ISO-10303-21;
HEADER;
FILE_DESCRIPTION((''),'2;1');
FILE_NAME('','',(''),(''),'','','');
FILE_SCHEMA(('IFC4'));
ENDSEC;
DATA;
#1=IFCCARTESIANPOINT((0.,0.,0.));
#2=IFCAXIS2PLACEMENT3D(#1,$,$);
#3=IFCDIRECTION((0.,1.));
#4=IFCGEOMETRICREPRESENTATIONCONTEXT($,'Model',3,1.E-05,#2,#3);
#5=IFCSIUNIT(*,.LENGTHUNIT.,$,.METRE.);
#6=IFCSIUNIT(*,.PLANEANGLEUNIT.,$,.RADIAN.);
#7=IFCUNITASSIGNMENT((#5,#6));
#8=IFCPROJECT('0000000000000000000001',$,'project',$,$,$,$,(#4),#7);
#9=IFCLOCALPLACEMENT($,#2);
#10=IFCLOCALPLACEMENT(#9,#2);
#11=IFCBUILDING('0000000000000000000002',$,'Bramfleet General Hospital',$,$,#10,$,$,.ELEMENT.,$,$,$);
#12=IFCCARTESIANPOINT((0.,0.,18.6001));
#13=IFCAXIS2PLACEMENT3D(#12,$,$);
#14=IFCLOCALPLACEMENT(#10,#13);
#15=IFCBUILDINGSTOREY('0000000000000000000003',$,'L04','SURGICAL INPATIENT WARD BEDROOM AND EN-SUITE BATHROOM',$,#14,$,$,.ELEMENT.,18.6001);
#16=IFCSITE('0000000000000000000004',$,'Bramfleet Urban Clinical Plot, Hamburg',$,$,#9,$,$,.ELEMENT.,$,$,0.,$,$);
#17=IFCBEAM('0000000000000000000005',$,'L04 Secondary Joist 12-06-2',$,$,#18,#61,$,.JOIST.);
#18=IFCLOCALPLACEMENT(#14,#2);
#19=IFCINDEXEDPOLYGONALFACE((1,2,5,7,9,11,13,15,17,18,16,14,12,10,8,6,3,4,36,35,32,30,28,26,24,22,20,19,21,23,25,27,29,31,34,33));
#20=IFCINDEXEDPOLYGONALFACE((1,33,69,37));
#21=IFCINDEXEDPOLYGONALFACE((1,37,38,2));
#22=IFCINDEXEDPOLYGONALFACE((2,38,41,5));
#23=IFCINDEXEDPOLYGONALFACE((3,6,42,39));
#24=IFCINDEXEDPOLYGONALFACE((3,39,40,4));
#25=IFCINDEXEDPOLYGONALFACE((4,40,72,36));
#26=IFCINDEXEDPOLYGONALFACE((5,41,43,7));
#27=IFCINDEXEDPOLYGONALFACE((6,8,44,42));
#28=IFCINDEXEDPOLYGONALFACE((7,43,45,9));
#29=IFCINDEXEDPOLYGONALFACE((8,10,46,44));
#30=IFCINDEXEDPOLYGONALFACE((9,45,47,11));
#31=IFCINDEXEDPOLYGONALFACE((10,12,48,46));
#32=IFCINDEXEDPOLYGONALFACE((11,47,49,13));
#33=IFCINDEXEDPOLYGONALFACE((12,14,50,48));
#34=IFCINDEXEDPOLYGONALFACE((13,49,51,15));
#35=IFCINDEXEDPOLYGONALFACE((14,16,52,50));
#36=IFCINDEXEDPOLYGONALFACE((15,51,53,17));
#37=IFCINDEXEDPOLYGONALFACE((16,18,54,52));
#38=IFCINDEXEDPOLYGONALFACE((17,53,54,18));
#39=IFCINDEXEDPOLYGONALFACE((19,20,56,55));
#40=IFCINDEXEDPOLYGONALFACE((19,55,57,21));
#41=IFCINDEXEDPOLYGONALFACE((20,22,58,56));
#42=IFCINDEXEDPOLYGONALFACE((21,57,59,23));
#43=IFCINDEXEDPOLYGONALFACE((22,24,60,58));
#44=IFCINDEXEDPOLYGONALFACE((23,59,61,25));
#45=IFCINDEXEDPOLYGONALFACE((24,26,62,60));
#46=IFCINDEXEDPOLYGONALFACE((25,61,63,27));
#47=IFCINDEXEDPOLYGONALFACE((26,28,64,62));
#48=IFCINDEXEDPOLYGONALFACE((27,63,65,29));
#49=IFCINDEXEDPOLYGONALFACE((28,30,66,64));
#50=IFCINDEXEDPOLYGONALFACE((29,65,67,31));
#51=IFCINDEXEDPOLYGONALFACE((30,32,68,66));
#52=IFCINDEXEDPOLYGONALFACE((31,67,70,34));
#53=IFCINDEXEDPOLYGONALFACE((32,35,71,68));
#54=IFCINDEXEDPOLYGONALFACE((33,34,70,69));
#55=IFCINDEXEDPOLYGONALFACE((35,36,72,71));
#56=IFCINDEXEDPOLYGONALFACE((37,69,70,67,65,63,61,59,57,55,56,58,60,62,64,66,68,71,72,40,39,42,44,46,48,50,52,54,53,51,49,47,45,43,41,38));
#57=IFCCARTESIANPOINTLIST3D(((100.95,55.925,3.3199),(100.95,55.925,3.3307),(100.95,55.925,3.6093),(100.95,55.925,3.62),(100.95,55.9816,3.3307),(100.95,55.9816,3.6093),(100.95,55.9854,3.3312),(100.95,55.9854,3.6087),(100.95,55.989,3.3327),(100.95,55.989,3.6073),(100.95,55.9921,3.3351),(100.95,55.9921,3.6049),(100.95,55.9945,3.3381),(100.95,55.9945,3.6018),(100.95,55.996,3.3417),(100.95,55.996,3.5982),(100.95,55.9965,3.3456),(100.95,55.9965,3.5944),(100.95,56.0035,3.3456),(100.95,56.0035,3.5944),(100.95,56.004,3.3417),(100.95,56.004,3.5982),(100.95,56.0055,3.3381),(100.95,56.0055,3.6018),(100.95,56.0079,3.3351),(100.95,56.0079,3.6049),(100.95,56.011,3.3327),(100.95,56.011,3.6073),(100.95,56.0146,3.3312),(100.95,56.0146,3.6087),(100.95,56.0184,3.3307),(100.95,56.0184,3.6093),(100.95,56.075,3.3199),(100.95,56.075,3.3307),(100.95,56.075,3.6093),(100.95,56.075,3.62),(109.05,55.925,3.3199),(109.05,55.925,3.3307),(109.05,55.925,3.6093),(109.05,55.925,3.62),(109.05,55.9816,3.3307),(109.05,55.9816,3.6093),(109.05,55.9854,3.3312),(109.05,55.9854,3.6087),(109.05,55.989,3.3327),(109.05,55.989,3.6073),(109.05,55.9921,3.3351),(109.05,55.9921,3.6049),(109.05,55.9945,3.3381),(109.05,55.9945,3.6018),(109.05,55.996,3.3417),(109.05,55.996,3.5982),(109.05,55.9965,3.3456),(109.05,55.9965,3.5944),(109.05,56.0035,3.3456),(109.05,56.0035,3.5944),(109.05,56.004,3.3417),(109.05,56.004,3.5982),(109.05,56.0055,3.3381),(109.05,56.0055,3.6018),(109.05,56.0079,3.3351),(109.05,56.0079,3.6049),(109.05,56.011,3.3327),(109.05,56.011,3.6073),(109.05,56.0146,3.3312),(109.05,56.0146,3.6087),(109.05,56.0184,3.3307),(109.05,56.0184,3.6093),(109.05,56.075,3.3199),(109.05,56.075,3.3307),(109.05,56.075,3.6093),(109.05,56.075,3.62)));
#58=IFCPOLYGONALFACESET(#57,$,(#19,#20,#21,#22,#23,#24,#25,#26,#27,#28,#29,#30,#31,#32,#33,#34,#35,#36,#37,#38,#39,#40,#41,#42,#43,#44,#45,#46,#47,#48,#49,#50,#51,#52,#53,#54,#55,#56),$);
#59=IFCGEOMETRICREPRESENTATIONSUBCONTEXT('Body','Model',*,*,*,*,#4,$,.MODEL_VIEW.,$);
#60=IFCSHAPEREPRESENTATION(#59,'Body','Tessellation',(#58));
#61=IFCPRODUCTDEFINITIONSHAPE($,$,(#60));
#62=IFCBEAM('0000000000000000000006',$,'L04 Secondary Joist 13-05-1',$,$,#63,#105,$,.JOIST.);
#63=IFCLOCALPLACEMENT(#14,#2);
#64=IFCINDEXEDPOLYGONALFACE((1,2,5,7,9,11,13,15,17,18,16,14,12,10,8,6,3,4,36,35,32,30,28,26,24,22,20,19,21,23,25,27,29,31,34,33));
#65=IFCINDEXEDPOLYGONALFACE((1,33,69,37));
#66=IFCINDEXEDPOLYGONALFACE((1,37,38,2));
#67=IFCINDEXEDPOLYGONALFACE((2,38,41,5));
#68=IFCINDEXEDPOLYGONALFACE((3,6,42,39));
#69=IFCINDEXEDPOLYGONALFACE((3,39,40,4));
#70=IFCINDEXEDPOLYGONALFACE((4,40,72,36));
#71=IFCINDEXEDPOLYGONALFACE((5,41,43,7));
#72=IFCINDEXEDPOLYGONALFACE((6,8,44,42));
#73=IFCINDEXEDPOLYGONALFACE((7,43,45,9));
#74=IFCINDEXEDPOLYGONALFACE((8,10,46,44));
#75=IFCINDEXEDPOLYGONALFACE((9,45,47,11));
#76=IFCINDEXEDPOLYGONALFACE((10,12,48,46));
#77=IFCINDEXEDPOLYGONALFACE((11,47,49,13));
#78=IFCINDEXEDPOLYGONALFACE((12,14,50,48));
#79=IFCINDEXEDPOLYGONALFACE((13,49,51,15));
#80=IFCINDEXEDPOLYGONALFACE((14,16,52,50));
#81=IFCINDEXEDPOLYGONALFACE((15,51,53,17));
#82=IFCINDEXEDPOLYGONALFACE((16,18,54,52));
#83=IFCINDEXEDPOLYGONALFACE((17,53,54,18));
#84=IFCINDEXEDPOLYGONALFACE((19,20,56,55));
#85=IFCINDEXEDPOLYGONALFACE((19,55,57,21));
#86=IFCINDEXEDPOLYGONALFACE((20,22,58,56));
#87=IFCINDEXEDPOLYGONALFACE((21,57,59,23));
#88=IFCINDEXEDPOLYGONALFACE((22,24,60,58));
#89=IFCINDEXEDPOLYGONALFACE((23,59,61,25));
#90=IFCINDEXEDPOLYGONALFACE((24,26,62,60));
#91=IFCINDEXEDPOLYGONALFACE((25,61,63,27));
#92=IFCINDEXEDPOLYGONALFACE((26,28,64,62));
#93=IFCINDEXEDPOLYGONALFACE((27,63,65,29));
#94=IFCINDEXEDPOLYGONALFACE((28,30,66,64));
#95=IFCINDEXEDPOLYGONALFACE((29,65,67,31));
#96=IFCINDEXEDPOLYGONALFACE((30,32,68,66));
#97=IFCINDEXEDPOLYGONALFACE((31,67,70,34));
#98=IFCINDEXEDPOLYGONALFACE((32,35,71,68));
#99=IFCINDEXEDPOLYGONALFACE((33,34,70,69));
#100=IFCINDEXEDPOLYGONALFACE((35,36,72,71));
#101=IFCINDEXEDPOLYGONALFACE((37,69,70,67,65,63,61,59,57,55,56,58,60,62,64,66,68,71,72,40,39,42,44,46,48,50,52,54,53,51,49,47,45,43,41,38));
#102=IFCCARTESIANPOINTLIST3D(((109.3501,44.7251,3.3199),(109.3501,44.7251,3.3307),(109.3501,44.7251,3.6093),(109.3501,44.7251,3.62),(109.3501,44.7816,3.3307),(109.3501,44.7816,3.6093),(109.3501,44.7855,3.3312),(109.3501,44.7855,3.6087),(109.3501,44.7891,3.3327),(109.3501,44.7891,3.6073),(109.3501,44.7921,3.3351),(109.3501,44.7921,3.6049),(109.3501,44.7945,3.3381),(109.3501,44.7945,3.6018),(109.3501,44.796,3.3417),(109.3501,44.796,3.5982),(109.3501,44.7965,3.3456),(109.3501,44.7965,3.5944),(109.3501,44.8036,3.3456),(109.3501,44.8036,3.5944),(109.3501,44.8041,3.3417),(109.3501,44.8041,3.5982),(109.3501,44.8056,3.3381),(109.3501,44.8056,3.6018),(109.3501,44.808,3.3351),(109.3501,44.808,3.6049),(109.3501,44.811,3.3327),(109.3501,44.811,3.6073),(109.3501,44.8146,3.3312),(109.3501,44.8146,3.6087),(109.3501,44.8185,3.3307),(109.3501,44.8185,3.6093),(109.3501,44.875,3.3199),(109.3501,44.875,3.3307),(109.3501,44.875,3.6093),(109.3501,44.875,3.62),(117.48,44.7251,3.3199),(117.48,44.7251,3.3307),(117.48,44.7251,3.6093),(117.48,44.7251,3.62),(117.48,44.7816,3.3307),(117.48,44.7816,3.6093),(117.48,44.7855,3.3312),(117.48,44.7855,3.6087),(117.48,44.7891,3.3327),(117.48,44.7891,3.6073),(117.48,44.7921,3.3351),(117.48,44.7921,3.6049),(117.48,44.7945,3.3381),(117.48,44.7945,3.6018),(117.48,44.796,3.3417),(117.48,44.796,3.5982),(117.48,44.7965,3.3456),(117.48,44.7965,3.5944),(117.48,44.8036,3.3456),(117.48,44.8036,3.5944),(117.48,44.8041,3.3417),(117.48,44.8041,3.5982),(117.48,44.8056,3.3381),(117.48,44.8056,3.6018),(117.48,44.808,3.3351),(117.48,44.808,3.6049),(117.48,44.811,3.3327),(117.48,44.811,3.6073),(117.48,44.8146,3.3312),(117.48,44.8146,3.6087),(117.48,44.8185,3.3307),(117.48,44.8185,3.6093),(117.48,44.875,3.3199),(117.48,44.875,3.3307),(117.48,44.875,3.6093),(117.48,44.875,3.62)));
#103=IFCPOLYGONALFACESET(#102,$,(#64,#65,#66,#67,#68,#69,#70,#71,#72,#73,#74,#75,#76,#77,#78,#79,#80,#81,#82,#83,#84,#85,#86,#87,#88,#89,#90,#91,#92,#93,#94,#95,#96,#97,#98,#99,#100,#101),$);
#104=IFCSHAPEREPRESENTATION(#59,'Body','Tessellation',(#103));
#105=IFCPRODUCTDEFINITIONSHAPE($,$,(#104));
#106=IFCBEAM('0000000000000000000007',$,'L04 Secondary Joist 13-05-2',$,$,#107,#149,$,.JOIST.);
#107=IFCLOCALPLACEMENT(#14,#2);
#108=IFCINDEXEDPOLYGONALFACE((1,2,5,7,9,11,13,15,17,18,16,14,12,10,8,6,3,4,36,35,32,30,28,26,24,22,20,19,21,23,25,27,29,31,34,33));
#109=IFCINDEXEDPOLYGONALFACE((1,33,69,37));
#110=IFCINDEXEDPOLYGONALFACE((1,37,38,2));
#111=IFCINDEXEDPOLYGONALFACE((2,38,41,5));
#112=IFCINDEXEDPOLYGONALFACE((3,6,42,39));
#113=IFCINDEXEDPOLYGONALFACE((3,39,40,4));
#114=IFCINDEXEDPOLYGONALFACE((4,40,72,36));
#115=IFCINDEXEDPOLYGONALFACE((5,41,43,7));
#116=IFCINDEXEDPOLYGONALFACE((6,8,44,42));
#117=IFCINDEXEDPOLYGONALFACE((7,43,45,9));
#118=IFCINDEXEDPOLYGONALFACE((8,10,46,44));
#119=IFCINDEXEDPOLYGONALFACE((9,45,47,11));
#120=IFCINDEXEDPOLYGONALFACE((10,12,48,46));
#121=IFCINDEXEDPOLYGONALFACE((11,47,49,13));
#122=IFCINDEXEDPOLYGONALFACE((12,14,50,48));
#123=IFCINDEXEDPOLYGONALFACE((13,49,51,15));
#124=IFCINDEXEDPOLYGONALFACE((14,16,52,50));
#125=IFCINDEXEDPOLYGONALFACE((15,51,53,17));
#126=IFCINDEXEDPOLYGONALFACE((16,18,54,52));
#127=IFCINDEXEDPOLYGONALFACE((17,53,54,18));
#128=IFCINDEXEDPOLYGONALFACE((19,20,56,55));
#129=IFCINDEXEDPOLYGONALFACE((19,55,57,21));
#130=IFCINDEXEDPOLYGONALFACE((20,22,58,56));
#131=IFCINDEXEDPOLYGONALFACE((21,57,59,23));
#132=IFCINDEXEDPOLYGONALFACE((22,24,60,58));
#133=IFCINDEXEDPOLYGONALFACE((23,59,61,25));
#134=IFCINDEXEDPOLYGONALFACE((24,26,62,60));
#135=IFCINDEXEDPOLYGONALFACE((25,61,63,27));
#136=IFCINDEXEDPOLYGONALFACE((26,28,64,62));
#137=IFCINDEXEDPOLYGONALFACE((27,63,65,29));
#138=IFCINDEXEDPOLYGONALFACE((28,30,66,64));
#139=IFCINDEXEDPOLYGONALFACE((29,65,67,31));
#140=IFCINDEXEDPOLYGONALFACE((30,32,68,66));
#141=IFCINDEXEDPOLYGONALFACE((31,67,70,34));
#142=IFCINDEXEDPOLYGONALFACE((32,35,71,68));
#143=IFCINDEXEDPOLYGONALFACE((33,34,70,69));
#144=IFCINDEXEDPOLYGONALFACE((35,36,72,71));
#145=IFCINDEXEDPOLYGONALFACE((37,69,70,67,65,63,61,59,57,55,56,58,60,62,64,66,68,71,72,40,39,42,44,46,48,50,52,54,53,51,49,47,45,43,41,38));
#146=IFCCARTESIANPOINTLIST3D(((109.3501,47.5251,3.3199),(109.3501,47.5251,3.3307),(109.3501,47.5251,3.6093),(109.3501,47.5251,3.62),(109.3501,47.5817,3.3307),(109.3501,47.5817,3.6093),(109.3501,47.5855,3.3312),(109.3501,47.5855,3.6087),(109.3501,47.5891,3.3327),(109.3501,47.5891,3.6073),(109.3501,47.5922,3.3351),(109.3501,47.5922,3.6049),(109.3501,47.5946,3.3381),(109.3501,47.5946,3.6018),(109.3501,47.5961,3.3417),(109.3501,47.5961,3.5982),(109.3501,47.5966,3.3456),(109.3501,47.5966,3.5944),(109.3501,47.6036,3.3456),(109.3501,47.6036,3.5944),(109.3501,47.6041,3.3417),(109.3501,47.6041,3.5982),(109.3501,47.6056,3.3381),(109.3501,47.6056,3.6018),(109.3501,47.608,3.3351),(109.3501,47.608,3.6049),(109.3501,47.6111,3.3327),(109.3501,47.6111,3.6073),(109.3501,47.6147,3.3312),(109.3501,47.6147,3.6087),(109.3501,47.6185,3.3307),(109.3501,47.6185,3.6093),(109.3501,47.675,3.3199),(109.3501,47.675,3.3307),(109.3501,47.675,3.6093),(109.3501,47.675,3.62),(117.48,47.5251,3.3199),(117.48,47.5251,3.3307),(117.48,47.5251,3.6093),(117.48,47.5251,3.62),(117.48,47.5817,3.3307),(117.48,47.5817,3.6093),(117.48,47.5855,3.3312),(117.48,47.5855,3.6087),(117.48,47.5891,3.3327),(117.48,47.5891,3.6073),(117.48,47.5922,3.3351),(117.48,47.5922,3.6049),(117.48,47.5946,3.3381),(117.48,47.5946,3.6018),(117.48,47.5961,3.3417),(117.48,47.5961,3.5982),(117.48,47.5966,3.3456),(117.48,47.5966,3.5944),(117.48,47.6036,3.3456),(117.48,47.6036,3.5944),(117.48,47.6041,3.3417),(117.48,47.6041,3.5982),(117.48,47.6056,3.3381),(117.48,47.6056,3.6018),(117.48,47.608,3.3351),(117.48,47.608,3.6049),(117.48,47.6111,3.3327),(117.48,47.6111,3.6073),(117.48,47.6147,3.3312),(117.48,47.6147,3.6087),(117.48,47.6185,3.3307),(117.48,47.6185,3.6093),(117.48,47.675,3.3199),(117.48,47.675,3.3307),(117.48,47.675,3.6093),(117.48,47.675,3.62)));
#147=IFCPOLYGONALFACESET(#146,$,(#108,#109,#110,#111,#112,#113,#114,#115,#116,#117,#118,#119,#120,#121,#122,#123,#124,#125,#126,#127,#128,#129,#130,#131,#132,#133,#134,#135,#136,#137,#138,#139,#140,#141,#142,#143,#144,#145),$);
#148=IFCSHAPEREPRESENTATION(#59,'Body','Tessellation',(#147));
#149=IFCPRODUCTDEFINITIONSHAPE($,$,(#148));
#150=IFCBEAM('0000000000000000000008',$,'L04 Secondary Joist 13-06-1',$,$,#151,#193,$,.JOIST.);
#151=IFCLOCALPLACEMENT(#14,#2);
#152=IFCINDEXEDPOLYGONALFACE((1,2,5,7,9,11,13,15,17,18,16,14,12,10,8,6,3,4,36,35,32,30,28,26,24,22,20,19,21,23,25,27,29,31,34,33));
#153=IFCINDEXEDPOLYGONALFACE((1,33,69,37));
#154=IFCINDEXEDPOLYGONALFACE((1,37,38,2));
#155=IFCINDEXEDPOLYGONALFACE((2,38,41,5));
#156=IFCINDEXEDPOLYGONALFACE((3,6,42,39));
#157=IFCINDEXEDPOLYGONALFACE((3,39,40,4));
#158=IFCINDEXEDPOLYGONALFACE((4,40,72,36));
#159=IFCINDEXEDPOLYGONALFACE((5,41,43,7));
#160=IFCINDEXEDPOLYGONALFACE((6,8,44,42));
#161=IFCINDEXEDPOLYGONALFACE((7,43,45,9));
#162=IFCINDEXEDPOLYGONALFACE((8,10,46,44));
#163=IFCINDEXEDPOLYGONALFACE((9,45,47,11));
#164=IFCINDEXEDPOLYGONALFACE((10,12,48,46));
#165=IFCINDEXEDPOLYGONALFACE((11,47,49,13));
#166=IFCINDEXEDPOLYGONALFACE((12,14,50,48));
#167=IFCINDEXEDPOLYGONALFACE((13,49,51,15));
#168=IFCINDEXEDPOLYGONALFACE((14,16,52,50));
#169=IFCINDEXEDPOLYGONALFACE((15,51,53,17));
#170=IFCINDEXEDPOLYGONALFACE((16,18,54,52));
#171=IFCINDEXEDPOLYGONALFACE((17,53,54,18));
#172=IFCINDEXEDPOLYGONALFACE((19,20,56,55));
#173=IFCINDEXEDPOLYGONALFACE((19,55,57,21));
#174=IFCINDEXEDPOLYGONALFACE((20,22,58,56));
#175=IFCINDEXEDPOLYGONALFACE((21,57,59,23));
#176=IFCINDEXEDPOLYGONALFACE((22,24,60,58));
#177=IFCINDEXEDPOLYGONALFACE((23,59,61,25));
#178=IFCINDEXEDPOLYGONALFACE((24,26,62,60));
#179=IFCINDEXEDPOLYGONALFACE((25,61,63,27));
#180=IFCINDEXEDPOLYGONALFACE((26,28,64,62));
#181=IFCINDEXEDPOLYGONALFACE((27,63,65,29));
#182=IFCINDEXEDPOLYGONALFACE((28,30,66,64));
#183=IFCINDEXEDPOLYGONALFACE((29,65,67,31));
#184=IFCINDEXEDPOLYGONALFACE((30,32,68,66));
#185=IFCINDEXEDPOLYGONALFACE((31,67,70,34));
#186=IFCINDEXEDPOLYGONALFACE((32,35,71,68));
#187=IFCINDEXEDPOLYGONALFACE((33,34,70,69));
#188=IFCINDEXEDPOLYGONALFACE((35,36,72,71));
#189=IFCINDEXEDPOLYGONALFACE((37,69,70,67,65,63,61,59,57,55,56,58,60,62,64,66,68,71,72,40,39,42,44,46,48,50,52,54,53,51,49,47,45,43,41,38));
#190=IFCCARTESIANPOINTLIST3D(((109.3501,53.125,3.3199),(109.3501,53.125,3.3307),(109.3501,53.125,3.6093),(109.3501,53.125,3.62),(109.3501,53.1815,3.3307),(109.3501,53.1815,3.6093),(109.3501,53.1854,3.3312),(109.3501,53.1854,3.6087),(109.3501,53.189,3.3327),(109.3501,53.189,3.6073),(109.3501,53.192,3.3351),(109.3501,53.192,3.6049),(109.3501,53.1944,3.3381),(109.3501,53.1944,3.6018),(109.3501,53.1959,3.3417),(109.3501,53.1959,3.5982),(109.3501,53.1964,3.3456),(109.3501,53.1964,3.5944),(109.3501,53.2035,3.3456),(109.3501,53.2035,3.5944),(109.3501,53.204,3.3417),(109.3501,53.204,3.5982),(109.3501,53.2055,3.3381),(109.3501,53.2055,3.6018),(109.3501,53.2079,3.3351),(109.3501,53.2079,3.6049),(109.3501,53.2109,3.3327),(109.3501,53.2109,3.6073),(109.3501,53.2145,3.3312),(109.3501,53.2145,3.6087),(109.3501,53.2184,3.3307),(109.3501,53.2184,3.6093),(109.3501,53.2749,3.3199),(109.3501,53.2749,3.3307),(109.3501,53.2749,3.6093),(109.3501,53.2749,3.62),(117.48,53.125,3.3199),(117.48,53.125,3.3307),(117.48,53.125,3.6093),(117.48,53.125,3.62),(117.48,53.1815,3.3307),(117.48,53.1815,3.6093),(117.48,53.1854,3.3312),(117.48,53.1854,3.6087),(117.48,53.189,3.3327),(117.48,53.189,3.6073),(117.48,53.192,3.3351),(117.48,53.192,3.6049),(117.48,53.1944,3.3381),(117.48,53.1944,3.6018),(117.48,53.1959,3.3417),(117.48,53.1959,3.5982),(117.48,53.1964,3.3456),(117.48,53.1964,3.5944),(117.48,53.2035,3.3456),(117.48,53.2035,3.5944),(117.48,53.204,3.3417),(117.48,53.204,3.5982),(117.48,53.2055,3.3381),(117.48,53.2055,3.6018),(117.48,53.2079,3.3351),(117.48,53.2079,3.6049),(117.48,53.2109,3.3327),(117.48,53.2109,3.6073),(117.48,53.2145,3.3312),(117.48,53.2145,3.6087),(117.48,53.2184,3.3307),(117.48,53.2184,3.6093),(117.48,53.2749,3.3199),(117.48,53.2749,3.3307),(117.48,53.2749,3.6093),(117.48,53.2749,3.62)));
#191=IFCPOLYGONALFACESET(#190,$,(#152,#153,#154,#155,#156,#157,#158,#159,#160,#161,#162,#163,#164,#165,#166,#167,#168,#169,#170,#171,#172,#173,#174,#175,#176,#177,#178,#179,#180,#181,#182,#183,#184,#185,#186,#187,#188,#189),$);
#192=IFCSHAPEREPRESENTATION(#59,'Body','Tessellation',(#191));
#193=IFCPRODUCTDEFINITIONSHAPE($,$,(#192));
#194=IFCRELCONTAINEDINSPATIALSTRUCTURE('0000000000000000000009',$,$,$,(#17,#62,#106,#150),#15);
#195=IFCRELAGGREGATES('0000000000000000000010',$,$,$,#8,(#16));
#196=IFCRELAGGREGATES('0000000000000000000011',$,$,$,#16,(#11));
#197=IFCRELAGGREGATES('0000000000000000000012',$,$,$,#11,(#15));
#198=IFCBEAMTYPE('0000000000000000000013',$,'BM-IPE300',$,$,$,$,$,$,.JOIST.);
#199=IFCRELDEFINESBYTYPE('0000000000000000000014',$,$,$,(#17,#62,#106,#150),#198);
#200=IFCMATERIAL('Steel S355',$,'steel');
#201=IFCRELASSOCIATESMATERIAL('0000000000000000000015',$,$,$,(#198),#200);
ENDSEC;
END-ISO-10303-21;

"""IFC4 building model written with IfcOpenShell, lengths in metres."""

from ifc_helpers import new_model, si_unit, direction, frame, origin, origin_2d, place, context, subcontext, project, spatial, i_section, extrude, material, material_profile, profile_set, type_object, element, save


model = new_model("IFC4")

# Units and contexts
model_context = context("Model", 3, precision=1e-05, world=origin(), true_north=direction((0.0, 1.0)))
body_context = subcontext(model_context, "Body", "Model", "MODEL_VIEW")
ifc_project = project(units=[si_unit("LENGTHUNIT", "METRE"), si_unit("PLANEANGLEUNIT", "RADIAN")], contexts=[model_context])

# Site, building, storey
site_placement = place(None, origin())
site = spatial("IfcSite", under=ifc_project, at=site_placement, Name="Bramfleet Urban Clinical Plot, Hamburg", CompositionType="ELEMENT", RefElevation=0.0)
building_placement = place(site_placement, origin())
building = spatial("IfcBuilding", under=site, at=building_placement, Name="Bramfleet General Hospital", CompositionType="ELEMENT")
storey_placement = place(building_placement, frame((0.0, 0.0, 18.6001)))
storey = spatial("IfcBuildingStorey", under=building, at=storey_placement, Name="L04", Description="SURGICAL INPATIENT WARD BEDROOM AND EN-SUITE BATHROOM", CompositionType="ELEMENT", Elevation=18.6001)

# Beams
ifc_material_1 = material(Name="Steel S355", Category="steel")
ifc_material_profile_1 = material_profile(ifc_material_1, i_section(OverallWidth=0.1499, OverallDepth=0.3, WebThickness=0.0071, FlangeThickness=0.0107, FilletRadius=0.0149, at=origin_2d()), Name="IPE 300")
ifc_profile_set_1 = profile_set([ifc_material_profile_1], Name="Steel S355")
beam_type_1 = type_object("IfcBeamType", Name="BM-IPE300", PredefinedType="JOIST", material=ifc_profile_set_1)
for number, where, z_axis, x_axis, name in (
    (1, (100.95, 56.0, 3.47), (1.0, 0.0, 0.0), (0.0, 1.0, 0.0), "L04 Secondary Joist 12-06-2"),
):
    element("IfcBeam", number, at=place(storey_placement, frame(where, z_axis=z_axis, x_axis=x_axis)), inside=storey, type_object=beam_type_1, Name=name, PredefinedType="JOIST", context=body_context, shape_type="SweptSolid", body=[
        extrude(i_section(OverallWidth=0.1499, OverallDepth=0.3, WebThickness=0.0071, FlangeThickness=0.0107, FilletRadius=0.0149, at=origin_2d()), origin(), (0.0, 0.0, 1.0), 8.1001),
    ])
for number, where, z_axis, x_axis, name in (
    (2, (109.3501, 44.8, 3.47), (1.0, 0.0, 0.0), (0.0, 1.0, 0.0), "L04 Secondary Joist 13-05-1"),
    (3, (109.3501, 47.6001, 3.47), (1.0, 0.0, 0.0), (0.0, 1.0, 0.0), "L04 Secondary Joist 13-05-2"),
    (4, (109.3501, 53.2, 3.47), (1.0, 0.0, 0.0), (0.0, 1.0, 0.0), "L04 Secondary Joist 13-06-1"),
):
    element("IfcBeam", number, at=place(storey_placement, frame(where, z_axis=z_axis, x_axis=x_axis)), inside=storey, type_object=beam_type_1, Name=name, PredefinedType="JOIST", context=body_context, shape_type="SweptSolid", body=[
        extrude(i_section(OverallWidth=0.1499, OverallDepth=0.3, WebThickness=0.0071, FlangeThickness=0.0107, FilletRadius=0.0149, at=origin_2d()), origin(), (0.0, 0.0, 1.0), 8.1299),
    ])

save(model, "model.ifc")
